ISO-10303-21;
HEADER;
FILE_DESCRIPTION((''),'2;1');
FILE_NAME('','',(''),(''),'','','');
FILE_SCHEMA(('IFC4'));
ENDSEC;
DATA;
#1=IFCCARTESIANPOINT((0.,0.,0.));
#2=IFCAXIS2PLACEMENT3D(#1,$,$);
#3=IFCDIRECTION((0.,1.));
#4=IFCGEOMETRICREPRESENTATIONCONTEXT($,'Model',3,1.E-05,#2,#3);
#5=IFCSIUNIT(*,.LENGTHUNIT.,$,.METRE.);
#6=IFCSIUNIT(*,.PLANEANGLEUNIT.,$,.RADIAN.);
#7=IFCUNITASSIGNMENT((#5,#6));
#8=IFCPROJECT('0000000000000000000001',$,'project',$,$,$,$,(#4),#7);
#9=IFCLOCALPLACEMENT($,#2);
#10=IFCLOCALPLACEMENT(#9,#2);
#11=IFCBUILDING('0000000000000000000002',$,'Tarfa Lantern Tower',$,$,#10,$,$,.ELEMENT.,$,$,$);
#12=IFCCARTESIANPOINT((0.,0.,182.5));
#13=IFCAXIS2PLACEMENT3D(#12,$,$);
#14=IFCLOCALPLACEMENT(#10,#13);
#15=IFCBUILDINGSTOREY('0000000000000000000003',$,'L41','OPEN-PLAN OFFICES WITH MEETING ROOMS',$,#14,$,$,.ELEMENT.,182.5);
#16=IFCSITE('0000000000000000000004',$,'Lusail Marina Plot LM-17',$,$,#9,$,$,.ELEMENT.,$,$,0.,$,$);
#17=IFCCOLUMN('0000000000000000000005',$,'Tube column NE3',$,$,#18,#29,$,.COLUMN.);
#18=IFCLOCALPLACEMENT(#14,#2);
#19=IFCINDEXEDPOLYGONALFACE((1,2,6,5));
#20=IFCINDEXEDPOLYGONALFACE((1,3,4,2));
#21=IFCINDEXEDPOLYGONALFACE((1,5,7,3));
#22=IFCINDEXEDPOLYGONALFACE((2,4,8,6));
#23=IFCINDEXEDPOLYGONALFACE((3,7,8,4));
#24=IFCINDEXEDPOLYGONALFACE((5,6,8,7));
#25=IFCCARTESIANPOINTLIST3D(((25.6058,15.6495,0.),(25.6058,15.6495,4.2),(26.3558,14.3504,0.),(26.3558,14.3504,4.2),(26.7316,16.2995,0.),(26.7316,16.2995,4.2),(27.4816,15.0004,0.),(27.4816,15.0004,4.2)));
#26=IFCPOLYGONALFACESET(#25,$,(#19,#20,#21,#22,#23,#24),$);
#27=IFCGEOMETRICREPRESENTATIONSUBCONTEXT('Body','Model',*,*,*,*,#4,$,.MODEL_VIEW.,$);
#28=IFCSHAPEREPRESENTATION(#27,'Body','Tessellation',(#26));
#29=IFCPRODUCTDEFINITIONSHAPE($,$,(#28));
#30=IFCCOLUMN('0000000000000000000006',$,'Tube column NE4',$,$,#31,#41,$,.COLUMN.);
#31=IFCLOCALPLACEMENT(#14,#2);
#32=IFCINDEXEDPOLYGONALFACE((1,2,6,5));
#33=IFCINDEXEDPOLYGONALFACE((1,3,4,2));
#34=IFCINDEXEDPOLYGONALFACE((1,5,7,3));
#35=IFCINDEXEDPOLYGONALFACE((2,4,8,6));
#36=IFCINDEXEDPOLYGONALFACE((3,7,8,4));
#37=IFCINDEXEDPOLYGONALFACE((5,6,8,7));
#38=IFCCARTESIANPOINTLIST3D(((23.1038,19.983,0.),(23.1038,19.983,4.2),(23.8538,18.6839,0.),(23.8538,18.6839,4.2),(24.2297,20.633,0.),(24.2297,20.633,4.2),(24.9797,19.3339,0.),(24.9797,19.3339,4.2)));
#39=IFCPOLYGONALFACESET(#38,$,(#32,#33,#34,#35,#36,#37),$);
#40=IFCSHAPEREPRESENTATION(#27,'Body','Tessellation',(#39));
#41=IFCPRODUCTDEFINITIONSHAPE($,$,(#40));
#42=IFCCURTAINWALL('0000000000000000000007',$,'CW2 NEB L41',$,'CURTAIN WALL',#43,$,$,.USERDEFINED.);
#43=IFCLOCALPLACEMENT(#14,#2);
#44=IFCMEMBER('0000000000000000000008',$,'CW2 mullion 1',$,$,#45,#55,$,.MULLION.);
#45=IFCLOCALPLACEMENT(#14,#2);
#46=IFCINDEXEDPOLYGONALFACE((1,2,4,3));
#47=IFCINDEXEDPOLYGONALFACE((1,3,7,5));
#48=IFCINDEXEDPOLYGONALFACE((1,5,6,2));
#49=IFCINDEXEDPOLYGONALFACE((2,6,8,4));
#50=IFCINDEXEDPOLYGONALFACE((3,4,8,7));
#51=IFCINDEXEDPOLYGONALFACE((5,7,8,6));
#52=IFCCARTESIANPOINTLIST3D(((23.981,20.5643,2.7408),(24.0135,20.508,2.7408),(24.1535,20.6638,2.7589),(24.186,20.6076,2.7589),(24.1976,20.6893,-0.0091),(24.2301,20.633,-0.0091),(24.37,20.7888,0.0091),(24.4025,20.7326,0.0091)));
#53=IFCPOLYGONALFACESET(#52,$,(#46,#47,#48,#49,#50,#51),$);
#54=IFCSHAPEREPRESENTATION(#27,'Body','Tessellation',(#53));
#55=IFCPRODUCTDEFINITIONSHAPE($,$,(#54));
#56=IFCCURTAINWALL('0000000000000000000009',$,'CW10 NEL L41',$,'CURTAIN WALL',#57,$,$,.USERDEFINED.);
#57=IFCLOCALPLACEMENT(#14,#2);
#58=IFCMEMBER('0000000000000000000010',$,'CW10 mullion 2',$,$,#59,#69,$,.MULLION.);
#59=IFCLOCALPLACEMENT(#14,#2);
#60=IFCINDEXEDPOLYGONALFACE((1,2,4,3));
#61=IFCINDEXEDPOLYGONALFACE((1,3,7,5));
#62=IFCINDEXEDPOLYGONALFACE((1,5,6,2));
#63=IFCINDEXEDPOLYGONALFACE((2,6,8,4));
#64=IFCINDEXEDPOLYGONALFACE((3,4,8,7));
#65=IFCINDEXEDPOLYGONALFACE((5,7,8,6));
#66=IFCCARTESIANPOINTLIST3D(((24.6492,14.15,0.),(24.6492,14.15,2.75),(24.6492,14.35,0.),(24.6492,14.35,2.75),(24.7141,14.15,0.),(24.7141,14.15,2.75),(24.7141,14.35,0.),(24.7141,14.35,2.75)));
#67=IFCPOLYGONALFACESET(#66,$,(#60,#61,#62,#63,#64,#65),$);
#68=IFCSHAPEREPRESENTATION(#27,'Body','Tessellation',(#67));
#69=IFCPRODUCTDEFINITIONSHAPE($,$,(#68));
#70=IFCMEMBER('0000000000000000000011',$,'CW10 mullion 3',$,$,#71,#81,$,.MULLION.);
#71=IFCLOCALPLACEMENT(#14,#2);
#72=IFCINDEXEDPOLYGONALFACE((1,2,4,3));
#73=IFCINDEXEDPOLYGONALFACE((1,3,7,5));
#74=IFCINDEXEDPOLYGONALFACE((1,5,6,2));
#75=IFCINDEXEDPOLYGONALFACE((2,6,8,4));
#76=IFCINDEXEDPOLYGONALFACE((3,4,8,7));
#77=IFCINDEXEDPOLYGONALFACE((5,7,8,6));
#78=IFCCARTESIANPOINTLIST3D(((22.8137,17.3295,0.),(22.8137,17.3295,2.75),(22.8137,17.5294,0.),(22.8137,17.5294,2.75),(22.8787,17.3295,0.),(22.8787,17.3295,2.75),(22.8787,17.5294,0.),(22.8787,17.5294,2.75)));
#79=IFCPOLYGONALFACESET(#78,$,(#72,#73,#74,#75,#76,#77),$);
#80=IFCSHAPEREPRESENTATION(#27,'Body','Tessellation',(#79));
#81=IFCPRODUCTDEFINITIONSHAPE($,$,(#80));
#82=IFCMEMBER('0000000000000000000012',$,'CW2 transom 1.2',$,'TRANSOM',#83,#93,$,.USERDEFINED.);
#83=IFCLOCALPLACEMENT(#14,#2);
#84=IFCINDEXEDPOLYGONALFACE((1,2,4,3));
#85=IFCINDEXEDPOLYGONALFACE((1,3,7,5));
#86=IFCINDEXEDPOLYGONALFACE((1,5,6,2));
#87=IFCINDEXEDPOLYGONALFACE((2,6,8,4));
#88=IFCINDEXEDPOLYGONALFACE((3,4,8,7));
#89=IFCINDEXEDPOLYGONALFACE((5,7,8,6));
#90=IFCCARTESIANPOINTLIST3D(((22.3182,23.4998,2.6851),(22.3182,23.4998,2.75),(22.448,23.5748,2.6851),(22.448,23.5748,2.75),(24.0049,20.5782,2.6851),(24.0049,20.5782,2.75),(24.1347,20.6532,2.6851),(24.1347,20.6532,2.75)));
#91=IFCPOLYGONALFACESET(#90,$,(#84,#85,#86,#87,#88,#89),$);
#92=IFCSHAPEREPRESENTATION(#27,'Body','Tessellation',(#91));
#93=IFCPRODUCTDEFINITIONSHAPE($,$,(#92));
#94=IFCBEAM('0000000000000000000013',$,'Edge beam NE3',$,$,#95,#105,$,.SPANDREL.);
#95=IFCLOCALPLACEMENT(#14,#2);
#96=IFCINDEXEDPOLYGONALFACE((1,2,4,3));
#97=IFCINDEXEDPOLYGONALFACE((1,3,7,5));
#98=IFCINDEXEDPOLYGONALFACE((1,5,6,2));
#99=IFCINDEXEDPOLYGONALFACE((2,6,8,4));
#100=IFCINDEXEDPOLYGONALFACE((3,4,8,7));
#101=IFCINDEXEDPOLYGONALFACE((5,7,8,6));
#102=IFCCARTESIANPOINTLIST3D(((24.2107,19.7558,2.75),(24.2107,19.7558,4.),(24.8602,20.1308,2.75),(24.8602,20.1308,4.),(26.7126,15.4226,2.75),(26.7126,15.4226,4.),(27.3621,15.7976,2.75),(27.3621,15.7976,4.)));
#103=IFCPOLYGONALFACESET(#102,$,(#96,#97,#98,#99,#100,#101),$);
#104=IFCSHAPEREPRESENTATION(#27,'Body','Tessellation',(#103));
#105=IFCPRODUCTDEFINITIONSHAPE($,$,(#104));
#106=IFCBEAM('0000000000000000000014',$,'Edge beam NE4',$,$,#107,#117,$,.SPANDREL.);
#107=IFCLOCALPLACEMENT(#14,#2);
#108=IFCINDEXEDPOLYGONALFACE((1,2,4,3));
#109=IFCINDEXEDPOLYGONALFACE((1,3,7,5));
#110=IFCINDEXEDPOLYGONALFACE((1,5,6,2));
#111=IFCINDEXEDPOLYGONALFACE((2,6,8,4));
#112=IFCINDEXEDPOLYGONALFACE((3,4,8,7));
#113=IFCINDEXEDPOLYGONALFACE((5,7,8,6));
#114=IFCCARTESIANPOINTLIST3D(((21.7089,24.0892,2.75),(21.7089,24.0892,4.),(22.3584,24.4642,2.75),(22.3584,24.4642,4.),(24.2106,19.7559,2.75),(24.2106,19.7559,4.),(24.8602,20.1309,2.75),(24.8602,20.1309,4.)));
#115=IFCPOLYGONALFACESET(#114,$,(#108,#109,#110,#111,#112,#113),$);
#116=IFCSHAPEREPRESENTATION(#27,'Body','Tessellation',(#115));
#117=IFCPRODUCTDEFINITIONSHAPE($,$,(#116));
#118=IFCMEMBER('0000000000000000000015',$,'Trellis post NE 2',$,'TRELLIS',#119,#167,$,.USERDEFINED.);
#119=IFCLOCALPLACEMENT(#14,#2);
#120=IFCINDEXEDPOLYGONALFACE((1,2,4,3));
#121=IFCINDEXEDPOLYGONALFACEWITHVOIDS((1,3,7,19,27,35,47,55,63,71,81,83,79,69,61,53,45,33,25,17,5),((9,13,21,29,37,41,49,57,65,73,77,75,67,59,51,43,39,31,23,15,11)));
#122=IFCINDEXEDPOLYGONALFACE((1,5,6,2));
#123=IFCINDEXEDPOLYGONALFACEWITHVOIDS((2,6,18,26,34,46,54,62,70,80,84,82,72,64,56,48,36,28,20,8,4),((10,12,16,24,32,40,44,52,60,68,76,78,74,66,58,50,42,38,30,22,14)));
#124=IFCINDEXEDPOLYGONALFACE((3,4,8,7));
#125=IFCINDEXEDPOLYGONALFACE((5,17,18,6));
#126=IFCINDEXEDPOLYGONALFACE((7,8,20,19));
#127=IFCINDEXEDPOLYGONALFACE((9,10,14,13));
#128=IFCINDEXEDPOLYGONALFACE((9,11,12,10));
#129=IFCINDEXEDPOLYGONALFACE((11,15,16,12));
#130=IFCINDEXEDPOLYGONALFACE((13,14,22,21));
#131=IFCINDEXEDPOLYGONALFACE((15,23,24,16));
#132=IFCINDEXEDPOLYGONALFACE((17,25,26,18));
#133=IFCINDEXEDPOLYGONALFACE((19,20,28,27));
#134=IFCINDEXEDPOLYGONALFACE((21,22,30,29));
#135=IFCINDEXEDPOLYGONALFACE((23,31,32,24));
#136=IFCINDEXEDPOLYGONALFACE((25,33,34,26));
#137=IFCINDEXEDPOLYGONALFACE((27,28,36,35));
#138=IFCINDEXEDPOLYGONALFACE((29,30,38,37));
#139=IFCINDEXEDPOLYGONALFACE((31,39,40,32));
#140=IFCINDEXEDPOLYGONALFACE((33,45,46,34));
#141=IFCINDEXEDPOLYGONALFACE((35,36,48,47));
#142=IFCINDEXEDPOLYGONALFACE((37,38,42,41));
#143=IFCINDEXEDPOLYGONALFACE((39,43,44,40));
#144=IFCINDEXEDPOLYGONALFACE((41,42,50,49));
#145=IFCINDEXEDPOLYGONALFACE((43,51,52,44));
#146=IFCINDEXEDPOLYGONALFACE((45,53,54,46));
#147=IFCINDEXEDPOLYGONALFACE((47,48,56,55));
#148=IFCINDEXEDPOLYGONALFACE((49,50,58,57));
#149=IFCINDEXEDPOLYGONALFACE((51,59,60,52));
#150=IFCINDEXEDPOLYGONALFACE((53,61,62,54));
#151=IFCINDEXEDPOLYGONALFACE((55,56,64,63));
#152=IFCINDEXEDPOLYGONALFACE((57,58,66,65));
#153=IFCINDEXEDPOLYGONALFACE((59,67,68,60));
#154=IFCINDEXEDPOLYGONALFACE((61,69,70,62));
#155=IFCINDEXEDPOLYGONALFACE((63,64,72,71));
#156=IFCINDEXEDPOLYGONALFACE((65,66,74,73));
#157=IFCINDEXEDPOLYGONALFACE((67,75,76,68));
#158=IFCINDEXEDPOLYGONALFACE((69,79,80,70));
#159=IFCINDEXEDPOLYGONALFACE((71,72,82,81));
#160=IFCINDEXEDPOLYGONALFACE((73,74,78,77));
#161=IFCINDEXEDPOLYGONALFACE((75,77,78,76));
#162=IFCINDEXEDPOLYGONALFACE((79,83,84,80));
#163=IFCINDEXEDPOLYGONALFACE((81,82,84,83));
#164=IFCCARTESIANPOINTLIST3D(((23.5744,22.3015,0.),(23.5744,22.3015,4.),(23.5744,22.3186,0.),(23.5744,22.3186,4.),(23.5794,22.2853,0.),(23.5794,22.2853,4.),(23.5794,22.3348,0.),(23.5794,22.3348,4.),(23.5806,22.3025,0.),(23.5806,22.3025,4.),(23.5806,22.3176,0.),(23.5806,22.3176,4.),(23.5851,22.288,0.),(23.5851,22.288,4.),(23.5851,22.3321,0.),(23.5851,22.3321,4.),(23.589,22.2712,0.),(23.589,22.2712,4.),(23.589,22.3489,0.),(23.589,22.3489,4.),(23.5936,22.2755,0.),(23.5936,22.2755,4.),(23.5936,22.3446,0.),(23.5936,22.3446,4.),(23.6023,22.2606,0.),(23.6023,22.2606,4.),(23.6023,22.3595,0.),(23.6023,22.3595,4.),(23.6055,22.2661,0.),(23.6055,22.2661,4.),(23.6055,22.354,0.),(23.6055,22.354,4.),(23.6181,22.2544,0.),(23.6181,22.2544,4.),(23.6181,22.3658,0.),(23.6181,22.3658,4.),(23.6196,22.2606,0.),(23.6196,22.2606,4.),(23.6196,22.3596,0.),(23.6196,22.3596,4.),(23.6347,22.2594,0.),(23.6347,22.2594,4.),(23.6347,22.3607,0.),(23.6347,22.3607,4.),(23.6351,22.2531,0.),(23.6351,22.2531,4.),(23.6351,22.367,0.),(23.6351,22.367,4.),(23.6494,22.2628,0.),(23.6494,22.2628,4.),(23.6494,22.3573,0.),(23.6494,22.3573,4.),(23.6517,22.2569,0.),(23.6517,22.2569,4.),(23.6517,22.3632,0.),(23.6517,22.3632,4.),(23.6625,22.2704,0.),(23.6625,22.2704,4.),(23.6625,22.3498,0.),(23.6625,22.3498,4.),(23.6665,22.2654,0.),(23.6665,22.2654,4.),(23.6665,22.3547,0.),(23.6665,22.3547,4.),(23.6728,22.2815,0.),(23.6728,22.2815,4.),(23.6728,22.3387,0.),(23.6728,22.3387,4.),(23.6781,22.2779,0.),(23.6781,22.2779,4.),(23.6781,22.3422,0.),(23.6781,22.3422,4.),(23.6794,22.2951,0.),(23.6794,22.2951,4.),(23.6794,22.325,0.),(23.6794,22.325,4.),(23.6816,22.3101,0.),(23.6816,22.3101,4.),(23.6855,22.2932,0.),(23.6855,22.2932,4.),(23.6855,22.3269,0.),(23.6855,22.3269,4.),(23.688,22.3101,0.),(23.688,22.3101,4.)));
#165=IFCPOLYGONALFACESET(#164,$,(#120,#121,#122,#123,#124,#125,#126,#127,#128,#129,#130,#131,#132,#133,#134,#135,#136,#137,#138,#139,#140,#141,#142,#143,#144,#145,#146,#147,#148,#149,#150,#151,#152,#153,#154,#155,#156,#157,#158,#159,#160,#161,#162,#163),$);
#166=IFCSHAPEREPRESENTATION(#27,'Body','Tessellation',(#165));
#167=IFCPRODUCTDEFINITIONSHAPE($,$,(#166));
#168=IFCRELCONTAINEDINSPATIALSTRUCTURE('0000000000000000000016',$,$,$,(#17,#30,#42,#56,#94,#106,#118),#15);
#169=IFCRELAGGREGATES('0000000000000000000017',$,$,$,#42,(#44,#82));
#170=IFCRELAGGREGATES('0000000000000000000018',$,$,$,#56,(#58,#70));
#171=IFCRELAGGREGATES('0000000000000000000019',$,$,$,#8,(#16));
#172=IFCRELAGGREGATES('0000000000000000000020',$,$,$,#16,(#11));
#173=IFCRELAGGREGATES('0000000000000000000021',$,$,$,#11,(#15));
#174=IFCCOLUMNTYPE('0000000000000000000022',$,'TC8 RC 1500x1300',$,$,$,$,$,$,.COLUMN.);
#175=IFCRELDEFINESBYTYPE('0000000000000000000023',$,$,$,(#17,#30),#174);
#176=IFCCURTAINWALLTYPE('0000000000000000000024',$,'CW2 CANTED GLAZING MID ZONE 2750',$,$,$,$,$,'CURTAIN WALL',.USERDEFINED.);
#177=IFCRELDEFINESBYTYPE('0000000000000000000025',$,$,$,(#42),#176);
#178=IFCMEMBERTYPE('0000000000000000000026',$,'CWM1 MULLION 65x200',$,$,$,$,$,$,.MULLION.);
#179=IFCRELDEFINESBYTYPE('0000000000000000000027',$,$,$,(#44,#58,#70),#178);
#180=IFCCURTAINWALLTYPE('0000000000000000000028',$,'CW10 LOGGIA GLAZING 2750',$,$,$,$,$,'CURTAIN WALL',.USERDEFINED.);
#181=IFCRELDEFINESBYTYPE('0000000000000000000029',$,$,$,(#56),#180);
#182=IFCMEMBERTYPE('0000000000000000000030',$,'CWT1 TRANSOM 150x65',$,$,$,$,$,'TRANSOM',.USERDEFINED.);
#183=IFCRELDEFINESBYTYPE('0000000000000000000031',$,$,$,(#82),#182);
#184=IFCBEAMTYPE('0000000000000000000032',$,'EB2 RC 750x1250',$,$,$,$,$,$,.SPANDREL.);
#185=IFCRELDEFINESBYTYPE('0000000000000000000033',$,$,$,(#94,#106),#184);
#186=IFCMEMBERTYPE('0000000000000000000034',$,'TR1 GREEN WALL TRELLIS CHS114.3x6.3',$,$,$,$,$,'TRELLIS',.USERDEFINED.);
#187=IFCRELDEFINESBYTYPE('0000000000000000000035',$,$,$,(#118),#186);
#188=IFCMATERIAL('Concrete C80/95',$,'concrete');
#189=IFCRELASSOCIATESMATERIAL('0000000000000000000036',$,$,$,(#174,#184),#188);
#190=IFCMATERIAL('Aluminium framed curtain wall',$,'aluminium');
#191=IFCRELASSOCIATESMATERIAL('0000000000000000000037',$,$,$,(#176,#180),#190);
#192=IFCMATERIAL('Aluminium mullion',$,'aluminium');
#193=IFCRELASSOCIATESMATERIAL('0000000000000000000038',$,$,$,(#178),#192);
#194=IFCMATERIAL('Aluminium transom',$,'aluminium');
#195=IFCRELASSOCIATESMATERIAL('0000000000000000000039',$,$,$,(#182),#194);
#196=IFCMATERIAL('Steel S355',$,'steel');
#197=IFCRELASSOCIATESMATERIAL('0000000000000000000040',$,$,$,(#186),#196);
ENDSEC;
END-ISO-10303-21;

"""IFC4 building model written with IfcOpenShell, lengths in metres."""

from ifc_helpers import new_model, si_unit, direction, frame, origin, origin_2d, place, context, subcontext, project, spatial, rectangle, hollow_circle, extrude, material, material_profile, profile_set, type_object, element, aggregate, save


model = new_model("IFC4")

# Units and contexts
model_context = context("Model", 3, precision=1e-05, world=origin(), true_north=direction((0.0, 1.0)))
body_context = subcontext(model_context, "Body", "Model", "MODEL_VIEW")
ifc_project = project(units=[si_unit("LENGTHUNIT", "METRE"), si_unit("PLANEANGLEUNIT", "RADIAN")], contexts=[model_context])

# Site, building, storey
site_placement = place(None, origin())
site = spatial("IfcSite", under=ifc_project, at=site_placement, Name="Lusail Marina Plot LM-17", CompositionType="ELEMENT", RefElevation=0.0)
building_placement = place(site_placement, origin())
building = spatial("IfcBuilding", under=site, at=building_placement, Name="Tarfa Lantern Tower", CompositionType="ELEMENT")
storey_placement = place(building_placement, frame((0.0, 0.0, 182.5)))
storey = spatial("IfcBuildingStorey", under=building, at=storey_placement, Name="L41", Description="OPEN-PLAN OFFICES WITH MEETING ROOMS", CompositionType="ELEMENT", Elevation=182.5)

# Columns
ifc_material_1 = material(Name="Concrete C80/95", Category="concrete")
ifc_material_profile_1 = material_profile(ifc_material_1, rectangle(XDim=1.5, YDim=1.3, at=origin_2d()), Name="RC 1500x1300")
ifc_profile_set_1 = profile_set([ifc_material_profile_1], Name="Concrete C80/95")
column_type = type_object("IfcColumnType", Name="TC8 RC 1500x1300", PredefinedType="COLUMN", material=ifc_profile_set_1)
for number, where, z_axis, x_axis, name in (
    (1, (26.5437, 15.325, 0.0), (0.0, 0.0, 1.0), (-0.5, 0.866025, 0.0), "Tube column NE3"),
    (2, (24.0417, 19.6584, 0.0), (0.0, 0.0, 1.0), (-0.5, 0.866025, 0.0), "Tube column NE4"),
):
    element("IfcColumn", number, at=place(storey_placement, frame(where, z_axis=z_axis, x_axis=x_axis)), inside=storey, type_object=column_type, Name=name, PredefinedType="COLUMN", context=body_context, shape_type="SweptSolid", body=[
        extrude(rectangle(XDim=1.5, YDim=1.3, at=origin_2d()), origin(), (0.0, 0.0, 1.0), 4.2),
    ])

# Curtain wall, member
ifc_material_2 = material(Name="Aluminium framed curtain wall", Category="aluminium")
curtain_wall_type_1 = type_object("IfcCurtainWallType", Name="CW2 CANTED GLAZING MID ZONE 2750", ElementType="CURTAIN WALL", PredefinedType="USERDEFINED", material=ifc_material_2)
curtain_wall_1_placement = place(storey_placement, origin())
curtain_wall_1 = element("IfcCurtainWall", 3, at=curtain_wall_1_placement, inside=storey, type_object=curtain_wall_type_1, Name="CW2 NEB L41", ObjectType="CURTAIN WALL", PredefinedType="USERDEFINED")
ifc_material_3 = material(Name="Aluminium mullion", Category="aluminium")
ifc_material_profile_2 = material_profile(ifc_material_3, rectangle(XDim=0.0649, YDim=0.2, at=origin_2d()), Name="AL MULLION 65x200")
ifc_profile_set_2 = profile_set([ifc_material_profile_2], Name="Aluminium mullion")
member_type_1 = type_object("IfcMemberType", Name="CWM1 MULLION 65x200", PredefinedType="MULLION", material=ifc_profile_set_2)
member_1_placement = place(storey_placement, frame((24.3, 20.7109, 0.0), z_axis=(-0.078423, -0.045268, 0.995892), x_axis=(0.49992, -0.866072, 0.0)))
member_1 = element("IfcMember", 4, at=member_1_placement, type_object=member_type_1, Name="CW2 mullion 1", PredefinedType="MULLION", context=body_context, shape_type="SweptSolid", body=[
    extrude(rectangle(XDim=0.0649, YDim=0.2, at=origin_2d()), origin(), (0.0, 0.0, 1.0), 2.7612),
])

# Curtain wall, members
curtain_wall_type_2 = type_object("IfcCurtainWallType", Name="CW10 LOGGIA GLAZING 2750", ElementType="CURTAIN WALL", PredefinedType="USERDEFINED", material=ifc_material_2)
curtain_wall_2_placement = place(storey_placement, origin())
curtain_wall_2 = element("IfcCurtainWall", 5, at=curtain_wall_2_placement, inside=storey, type_object=curtain_wall_type_2, Name="CW10 NEL L41", ObjectType="CURTAIN WALL", PredefinedType="USERDEFINED")
member_2_placement = place(storey_placement, frame((24.6816, 14.25, 0.0), z_axis=(0.0, 0.0, 1.0), x_axis=(1.0, 0.0, 0.0)))
member_2 = element("IfcMember", 6, at=member_2_placement, type_object=member_type_1, Name="CW10 mullion 2", PredefinedType="MULLION", context=body_context, shape_type="SweptSolid", body=[
    extrude(rectangle(XDim=0.0649, YDim=0.2, at=origin_2d()), origin(), (0.0, 0.0, 1.0), 2.75),
])
member_3_placement = place(storey_placement, frame((22.8462, 17.4294, 0.0), z_axis=(0.0, 0.0, 1.0), x_axis=(1.0, 0.0, 0.0)))
member_3 = element("IfcMember", 7, at=member_3_placement, type_object=member_type_1, Name="CW10 mullion 3", PredefinedType="MULLION", context=body_context, shape_type="SweptSolid", body=[
    extrude(rectangle(XDim=0.0649, YDim=0.2, at=origin_2d()), origin(), (0.0, 0.0, 1.0), 2.75),
])

# Member
ifc_material_4 = material(Name="Aluminium transom", Category="aluminium")
ifc_material_profile_3 = material_profile(ifc_material_4, rectangle(XDim=0.1499, YDim=0.0649, at=origin_2d()), Name="AL TRANSOM 150x65")
ifc_profile_set_3 = profile_set([ifc_material_profile_3], Name="Aluminium transom")
member_type_2 = type_object("IfcMemberType", Name="CWT1 TRANSOM 150x65", ElementType="TRANSOM", PredefinedType="USERDEFINED", material=ifc_profile_set_3)
member_4_placement = place(storey_placement, frame((24.0698, 20.6157, 2.7175), z_axis=(-0.499992, 0.86603, 0.0), x_axis=(-0.86603, -0.499992, 0.0)))
member_4 = element("IfcMember", 8, at=member_4_placement, type_object=member_type_2, Name="CW2 transom 1.2", ObjectType="TRANSOM", PredefinedType="USERDEFINED", context=body_context, shape_type="SweptSolid", body=[
    extrude(rectangle(XDim=0.1499, YDim=0.0649, at=origin_2d()), origin(), (0.0, 0.0, 1.0), 3.3735),
])

# Beams
ifc_material_profile_4 = material_profile(ifc_material_1, rectangle(XDim=0.75, YDim=1.25, at=origin_2d()), Name="RC 750x1250")
ifc_profile_set_4 = profile_set([ifc_material_profile_4], Name="Concrete C80/95")
beam_type_1 = type_object("IfcBeamType", Name="EB2 RC 750x1250", PredefinedType="SPANDREL", material=ifc_profile_set_4)
for number, where, z_axis, x_axis, name in (
    (9, (27.0374, 15.6101, 3.375), (-0.500022, 0.866013, 0.0), (-0.866013, -0.500022, 0.0), "Edge beam NE3"),
    (10, (24.5354, 19.9434, 3.375), (-0.499986, 0.866034, 0.0), (-0.866034, -0.499986, 0.0), "Edge beam NE4"),
):
    element("IfcBeam", number, at=place(storey_placement, frame(where, z_axis=z_axis, x_axis=x_axis)), inside=storey, type_object=beam_type_1, Name=name, PredefinedType="SPANDREL", context=body_context, shape_type="SweptSolid", body=[
        extrude(rectangle(XDim=0.75, YDim=1.25, at=origin_2d()), origin(), (0.0, 0.0, 1.0), 5.0037),
    ])

# Member
ifc_material_5 = material(Name="Steel S355", Category="steel")
ifc_material_profile_5 = material_profile(ifc_material_5, hollow_circle(Radius=0.0571, WallThickness=0.0063, at=origin_2d()), Name="CHS114.3x6.3")
ifc_profile_set_5 = profile_set([ifc_material_profile_5], Name="Steel S355")
member_type_3 = type_object("IfcMemberType", Name="TR1 GREEN WALL TRELLIS CHS114.3x6.3", ElementType="TRELLIS", PredefinedType="USERDEFINED", material=ifc_profile_set_5)
member_5_placement = place(storey_placement, frame((23.6309, 22.3101, 0.0), z_axis=(0.0, 0.0, 1.0), x_axis=(1.0, 0.0, 0.0)))
element("IfcMember", 11, at=member_5_placement, inside=storey, type_object=member_type_3, Name="Trellis post NE 2", ObjectType="TRELLIS", PredefinedType="USERDEFINED", context=body_context, shape_type="SweptSolid", body=[
    extrude(hollow_circle(Radius=0.0571, WallThickness=0.0063, at=origin_2d()), origin(), (0.0, 0.0, 1.0), 4.0),
])

aggregate(curtain_wall_1, [member_1, member_4])
aggregate(curtain_wall_2, [member_2, member_3])

save(model, "model.ifc")
